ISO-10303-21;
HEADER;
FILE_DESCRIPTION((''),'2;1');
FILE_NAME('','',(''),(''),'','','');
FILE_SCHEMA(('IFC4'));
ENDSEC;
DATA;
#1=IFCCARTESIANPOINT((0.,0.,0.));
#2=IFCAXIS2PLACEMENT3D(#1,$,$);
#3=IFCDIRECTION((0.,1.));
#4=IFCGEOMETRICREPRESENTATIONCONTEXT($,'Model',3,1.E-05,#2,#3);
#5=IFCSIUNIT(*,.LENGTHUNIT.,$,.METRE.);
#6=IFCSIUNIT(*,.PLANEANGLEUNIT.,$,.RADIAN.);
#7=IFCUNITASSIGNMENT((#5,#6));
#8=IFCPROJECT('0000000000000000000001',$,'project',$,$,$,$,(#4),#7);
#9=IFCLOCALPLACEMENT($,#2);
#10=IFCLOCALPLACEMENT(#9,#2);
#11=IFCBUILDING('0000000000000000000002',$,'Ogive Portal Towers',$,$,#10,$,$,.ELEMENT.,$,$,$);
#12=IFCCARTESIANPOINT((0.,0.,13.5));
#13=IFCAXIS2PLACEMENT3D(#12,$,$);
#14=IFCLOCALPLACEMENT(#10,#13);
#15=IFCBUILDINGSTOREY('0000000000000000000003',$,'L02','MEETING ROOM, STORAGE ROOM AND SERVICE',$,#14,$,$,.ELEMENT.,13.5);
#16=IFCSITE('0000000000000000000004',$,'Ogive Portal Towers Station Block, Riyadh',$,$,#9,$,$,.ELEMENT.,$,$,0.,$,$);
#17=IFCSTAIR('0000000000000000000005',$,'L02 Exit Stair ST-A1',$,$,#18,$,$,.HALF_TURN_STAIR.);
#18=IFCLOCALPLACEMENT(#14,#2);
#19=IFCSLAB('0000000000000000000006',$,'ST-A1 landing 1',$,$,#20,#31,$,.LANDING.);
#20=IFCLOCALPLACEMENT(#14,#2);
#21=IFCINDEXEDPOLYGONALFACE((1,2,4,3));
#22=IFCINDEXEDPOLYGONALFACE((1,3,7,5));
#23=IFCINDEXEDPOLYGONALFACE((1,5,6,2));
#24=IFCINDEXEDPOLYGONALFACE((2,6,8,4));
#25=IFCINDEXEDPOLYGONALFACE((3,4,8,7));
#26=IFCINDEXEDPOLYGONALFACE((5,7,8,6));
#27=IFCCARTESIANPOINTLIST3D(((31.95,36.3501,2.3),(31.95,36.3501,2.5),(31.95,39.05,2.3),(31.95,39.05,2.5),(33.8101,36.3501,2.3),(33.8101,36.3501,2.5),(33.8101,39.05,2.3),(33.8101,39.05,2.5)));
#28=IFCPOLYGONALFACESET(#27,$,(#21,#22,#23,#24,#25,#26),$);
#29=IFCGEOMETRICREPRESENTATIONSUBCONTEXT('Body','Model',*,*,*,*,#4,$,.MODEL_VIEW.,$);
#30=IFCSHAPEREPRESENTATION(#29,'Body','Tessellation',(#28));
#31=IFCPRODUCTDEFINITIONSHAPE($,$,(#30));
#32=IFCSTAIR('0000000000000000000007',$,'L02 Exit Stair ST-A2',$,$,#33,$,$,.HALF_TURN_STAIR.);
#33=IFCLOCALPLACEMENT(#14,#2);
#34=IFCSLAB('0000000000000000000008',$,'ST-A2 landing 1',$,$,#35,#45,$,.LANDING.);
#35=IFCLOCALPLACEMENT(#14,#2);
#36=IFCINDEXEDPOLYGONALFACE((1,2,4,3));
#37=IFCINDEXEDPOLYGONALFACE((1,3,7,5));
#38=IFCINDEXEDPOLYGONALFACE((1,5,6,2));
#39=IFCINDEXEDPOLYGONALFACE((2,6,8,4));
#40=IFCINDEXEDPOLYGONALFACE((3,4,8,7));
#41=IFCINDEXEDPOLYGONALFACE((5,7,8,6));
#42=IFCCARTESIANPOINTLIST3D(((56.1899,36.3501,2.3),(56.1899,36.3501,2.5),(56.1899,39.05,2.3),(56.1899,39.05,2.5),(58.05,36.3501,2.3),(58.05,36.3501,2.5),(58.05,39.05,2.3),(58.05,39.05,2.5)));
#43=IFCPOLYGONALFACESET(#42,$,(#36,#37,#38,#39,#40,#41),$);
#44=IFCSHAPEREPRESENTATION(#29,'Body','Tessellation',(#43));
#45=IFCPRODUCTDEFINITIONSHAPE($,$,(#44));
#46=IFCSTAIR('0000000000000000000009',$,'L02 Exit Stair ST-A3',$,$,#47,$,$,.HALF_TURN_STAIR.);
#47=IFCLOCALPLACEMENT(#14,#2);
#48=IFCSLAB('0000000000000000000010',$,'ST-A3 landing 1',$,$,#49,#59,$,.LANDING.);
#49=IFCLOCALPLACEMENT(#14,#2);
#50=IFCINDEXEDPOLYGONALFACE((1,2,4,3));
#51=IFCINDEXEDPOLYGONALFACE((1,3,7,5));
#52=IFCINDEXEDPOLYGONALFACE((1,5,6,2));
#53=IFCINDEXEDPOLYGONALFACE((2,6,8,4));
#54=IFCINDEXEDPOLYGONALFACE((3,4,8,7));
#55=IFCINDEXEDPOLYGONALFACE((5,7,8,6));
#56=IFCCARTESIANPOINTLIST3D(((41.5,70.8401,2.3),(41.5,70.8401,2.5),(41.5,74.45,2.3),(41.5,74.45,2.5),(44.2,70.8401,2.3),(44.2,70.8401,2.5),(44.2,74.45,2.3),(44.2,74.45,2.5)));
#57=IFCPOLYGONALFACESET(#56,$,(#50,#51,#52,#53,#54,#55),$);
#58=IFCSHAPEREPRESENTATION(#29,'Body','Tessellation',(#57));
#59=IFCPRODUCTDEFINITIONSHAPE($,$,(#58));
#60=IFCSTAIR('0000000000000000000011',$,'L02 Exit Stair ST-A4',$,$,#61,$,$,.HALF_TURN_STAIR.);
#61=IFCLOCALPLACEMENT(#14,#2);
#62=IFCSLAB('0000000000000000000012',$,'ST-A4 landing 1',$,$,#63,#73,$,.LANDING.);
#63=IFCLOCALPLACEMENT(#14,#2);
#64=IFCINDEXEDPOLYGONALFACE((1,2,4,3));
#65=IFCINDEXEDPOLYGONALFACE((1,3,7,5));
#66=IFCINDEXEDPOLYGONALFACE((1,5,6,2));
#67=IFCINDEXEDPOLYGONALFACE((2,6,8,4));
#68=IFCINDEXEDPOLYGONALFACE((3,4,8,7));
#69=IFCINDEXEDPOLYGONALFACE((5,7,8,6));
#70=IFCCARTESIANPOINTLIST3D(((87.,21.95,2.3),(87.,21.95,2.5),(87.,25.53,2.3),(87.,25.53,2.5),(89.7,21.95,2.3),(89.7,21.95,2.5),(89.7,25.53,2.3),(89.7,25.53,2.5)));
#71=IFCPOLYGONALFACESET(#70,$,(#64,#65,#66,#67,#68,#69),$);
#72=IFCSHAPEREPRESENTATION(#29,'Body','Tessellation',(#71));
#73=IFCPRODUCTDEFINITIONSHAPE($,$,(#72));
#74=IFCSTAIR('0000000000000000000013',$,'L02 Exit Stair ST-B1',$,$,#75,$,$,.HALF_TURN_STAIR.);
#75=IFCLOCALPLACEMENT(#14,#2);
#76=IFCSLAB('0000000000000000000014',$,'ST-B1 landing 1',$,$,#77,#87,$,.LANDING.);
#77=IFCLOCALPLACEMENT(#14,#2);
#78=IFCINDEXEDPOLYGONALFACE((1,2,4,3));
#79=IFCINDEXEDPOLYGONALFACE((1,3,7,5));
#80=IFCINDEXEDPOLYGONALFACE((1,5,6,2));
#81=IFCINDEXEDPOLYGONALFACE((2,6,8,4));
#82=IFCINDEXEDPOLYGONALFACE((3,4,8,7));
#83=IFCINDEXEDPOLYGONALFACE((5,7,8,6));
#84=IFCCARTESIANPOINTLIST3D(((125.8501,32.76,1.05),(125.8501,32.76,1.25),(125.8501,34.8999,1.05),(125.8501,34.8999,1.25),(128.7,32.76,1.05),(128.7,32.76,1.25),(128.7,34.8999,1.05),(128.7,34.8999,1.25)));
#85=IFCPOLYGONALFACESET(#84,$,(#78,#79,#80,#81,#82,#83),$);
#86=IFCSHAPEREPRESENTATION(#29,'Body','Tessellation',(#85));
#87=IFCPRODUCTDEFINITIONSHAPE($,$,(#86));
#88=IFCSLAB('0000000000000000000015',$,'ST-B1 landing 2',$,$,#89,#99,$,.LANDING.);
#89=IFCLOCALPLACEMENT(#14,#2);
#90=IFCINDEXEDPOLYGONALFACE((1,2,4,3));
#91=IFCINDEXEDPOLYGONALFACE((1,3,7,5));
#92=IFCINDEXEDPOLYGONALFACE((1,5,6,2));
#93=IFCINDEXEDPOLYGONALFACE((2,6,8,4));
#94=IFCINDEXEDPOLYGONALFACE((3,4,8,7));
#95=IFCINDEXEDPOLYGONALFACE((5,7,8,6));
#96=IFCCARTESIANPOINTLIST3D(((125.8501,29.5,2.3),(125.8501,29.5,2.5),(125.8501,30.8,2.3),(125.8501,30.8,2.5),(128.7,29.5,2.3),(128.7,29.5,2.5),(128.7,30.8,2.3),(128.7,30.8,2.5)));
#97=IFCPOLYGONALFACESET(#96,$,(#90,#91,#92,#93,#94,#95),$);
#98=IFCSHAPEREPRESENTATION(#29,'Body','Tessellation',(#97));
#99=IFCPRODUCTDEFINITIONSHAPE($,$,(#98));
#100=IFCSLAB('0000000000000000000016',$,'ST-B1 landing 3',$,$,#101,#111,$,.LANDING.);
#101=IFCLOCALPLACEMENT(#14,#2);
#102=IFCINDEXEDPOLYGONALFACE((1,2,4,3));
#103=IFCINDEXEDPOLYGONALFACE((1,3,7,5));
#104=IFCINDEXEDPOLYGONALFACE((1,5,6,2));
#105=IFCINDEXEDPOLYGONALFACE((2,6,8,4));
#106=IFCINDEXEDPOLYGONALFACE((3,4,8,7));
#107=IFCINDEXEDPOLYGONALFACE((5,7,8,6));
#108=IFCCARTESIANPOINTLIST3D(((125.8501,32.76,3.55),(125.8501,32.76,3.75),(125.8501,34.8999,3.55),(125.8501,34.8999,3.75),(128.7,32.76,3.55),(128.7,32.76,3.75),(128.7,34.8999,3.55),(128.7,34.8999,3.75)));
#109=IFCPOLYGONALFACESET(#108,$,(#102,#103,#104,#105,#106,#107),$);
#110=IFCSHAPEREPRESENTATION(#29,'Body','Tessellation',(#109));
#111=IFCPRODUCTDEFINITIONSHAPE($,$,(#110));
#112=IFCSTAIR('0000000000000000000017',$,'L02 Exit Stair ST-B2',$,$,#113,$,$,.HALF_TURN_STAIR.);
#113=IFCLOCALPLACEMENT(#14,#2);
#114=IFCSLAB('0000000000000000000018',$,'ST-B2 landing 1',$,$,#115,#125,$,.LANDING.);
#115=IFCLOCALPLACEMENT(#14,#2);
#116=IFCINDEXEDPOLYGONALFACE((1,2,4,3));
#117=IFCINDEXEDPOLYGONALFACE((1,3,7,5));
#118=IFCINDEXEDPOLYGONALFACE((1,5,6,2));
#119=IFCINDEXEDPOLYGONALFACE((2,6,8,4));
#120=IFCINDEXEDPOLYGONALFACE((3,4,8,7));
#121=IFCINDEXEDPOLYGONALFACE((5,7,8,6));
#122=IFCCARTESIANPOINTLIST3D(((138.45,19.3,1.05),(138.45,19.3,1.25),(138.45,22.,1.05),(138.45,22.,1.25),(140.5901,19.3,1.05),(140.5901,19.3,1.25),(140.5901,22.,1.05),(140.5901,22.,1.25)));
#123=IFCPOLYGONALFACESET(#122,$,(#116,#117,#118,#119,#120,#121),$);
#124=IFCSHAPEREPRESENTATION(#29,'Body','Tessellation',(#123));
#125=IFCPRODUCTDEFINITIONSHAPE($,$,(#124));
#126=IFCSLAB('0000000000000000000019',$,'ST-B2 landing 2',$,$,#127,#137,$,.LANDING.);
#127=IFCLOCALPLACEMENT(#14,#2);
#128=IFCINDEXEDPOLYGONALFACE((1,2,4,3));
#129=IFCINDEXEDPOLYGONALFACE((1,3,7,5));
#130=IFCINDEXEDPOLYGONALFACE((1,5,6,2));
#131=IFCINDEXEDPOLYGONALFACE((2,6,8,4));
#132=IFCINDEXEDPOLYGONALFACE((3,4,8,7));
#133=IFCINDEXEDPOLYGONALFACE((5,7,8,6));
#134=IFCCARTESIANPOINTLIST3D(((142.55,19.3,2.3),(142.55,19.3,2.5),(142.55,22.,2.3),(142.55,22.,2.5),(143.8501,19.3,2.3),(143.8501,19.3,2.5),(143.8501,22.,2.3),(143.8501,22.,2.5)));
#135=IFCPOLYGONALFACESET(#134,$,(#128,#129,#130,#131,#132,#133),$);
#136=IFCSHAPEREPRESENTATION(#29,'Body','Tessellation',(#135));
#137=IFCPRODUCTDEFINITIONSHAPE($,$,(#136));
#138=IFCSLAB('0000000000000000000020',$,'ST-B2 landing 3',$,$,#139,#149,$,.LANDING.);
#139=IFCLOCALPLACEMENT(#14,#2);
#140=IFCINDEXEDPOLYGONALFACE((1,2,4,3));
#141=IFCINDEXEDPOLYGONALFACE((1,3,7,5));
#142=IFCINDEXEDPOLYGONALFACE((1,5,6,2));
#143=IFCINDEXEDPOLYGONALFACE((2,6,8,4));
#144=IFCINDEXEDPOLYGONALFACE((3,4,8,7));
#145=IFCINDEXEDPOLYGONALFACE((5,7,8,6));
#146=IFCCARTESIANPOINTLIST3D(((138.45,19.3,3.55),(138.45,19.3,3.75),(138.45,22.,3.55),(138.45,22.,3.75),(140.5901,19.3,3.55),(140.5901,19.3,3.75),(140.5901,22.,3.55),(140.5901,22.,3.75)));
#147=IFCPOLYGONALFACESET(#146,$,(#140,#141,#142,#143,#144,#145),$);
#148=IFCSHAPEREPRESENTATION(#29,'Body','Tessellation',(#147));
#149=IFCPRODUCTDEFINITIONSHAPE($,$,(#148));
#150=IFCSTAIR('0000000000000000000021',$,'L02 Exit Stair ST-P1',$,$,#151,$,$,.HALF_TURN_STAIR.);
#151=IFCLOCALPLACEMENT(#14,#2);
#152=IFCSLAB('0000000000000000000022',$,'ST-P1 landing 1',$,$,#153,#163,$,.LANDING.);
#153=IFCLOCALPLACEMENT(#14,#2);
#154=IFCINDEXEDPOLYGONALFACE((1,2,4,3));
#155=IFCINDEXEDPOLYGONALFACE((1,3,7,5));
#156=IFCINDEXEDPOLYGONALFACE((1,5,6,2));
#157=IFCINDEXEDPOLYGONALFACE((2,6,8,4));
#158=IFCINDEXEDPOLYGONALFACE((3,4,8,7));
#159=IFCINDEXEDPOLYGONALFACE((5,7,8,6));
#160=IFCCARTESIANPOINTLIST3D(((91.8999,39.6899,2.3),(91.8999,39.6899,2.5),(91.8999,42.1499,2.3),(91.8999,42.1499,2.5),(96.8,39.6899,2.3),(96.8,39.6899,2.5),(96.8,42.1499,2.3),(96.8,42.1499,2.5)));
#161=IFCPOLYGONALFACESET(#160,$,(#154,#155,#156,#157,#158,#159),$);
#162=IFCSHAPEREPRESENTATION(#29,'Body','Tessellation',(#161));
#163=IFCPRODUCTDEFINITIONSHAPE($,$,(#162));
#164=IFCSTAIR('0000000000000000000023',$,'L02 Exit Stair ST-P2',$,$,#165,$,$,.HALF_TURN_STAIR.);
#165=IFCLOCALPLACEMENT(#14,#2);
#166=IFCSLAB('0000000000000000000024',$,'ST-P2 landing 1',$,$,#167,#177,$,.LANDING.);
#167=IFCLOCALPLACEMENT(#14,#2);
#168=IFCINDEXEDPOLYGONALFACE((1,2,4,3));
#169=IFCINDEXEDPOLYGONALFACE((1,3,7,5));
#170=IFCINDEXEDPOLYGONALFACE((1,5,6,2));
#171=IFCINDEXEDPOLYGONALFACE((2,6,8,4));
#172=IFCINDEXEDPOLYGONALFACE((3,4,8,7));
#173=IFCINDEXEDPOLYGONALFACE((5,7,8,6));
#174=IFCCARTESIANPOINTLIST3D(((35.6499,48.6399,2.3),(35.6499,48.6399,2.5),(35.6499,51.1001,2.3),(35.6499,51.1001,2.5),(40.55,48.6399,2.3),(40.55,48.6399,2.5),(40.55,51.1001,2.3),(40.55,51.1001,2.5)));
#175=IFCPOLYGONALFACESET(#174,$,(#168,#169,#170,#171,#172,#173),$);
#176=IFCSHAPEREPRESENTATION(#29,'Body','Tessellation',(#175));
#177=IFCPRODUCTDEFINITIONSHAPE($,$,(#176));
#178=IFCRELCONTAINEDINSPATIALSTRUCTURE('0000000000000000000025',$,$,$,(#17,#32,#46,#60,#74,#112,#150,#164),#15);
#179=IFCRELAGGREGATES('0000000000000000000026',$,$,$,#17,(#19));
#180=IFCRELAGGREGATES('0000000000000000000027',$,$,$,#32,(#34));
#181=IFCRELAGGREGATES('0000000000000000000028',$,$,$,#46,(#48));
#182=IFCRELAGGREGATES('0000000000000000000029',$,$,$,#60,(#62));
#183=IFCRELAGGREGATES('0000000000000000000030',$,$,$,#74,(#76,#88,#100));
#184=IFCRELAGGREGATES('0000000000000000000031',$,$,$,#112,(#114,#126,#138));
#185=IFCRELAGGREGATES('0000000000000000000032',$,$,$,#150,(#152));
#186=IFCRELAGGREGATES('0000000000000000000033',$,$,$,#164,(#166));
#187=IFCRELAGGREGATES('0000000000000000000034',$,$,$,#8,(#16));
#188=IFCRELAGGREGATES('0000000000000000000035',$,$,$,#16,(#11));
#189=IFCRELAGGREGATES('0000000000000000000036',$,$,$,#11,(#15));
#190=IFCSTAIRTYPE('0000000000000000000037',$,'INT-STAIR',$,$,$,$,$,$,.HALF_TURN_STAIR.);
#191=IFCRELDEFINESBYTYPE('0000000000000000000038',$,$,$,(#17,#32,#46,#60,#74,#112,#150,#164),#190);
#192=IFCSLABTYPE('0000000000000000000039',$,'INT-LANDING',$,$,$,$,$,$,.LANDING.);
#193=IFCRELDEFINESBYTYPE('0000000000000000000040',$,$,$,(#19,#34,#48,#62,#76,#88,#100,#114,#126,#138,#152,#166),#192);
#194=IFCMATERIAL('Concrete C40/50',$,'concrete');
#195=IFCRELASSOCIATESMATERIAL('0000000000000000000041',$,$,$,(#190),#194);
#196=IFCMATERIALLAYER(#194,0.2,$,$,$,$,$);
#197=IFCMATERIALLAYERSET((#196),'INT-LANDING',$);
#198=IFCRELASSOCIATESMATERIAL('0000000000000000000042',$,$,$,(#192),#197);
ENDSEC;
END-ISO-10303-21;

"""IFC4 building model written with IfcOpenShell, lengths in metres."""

from ifc_helpers import new_model, si_unit, direction, frame, origin, place, context, subcontext, project, spatial, polyline, outline, extrude, material, layer, layer_set, type_object, element, aggregate, save


model = new_model("IFC4")

# Units and contexts
model_context = context("Model", 3, precision=1e-05, world=origin(), true_north=direction((0.0, 1.0)))
body_context = subcontext(model_context, "Body", "Model", "MODEL_VIEW")
ifc_project = project(units=[si_unit("LENGTHUNIT", "METRE"), si_unit("PLANEANGLEUNIT", "RADIAN")], contexts=[model_context])

# Site, building, storey
site_placement = place(None, origin())
site = spatial("IfcSite", under=ifc_project, at=site_placement, Name="Ogive Portal Towers Station Block, Riyadh", CompositionType="ELEMENT", RefElevation=0.0)
building_placement = place(site_placement, origin())
building = spatial("IfcBuilding", under=site, at=building_placement, Name="Ogive Portal Towers", CompositionType="ELEMENT")
storey_placement = place(building_placement, frame((0.0, 0.0, 13.5)))
storey = spatial("IfcBuildingStorey", under=building, at=storey_placement, Name="L02", Description="MEETING ROOM, STORAGE ROOM AND SERVICE", CompositionType="ELEMENT", Elevation=13.5)

# Stairs, slabs
ifc_material_1 = material(Name="Concrete C40/50", Category="concrete")
stair_type = type_object("IfcStairType", Name="INT-STAIR", PredefinedType="HALF_TURN_STAIR", material=ifc_material_1)
stair_1_placement = place(storey_placement, origin())
stair_1 = element("IfcStair", 1, at=stair_1_placement, inside=storey, type_object=stair_type, Name="L02 Exit Stair ST-A1", PredefinedType="HALF_TURN_STAIR")
ifc_layer_1 = layer(ifc_material_1, 0.2)
ifc_layer_set_1 = layer_set([ifc_layer_1], Name="INT-LANDING")
slab_type_1 = type_object("IfcSlabType", Name="INT-LANDING", PredefinedType="LANDING", material=ifc_layer_set_1)
slab_1_placement = place(storey_placement, frame((0.0, 0.0, 2.3)))
slab_1 = element("IfcSlab", 2, at=slab_1_placement, type_object=slab_type_1, Name="ST-A1 landing 1", PredefinedType="LANDING", context=body_context, shape_type="SweptSolid", body=[
    extrude(outline(polyline([(33.8101, 39.05), (31.95, 39.05), (31.95, 36.3501), (33.8101, 36.3501), (33.8101, 39.05)])), origin(), (0.0, 0.0, 1.0), 0.2),
])
aggregate(stair_1, [slab_1])
stair_2_placement = place(storey_placement, origin())
stair_2 = element("IfcStair", 3, at=stair_2_placement, inside=storey, type_object=stair_type, Name="L02 Exit Stair ST-A2", PredefinedType="HALF_TURN_STAIR")
slab_2_placement = place(storey_placement, frame((0.0, 0.0, 2.3)))
slab_2 = element("IfcSlab", 4, at=slab_2_placement, type_object=slab_type_1, Name="ST-A2 landing 1", PredefinedType="LANDING", context=body_context, shape_type="SweptSolid", body=[
    extrude(outline(polyline([(56.1899, 36.3501), (58.05, 36.3501), (58.05, 39.05), (56.1899, 39.05), (56.1899, 36.3501)])), origin(), (0.0, 0.0, 1.0), 0.2),
])
aggregate(stair_2, [slab_2])
stair_3_placement = place(storey_placement, origin())
stair_3 = element("IfcStair", 5, at=stair_3_placement, inside=storey, type_object=stair_type, Name="L02 Exit Stair ST-A3", PredefinedType="HALF_TURN_STAIR")
slab_3_placement = place(storey_placement, frame((0.0, 0.0, 2.3)))
slab_3 = element("IfcSlab", 6, at=slab_3_placement, type_object=slab_type_1, Name="ST-A3 landing 1", PredefinedType="LANDING", context=body_context, shape_type="SweptSolid", body=[
    extrude(outline(polyline([(44.2, 70.8401), (44.2, 74.45), (41.5, 74.45), (41.5, 70.8401), (44.2, 70.8401)])), origin(), (0.0, 0.0, 1.0), 0.2),
])
aggregate(stair_3, [slab_3])
stair_4_placement = place(storey_placement, origin())
stair_4 = element("IfcStair", 7, at=stair_4_placement, inside=storey, type_object=stair_type, Name="L02 Exit Stair ST-A4", PredefinedType="HALF_TURN_STAIR")
slab_4_placement = place(storey_placement, frame((0.0, 0.0, 2.3)))
slab_4 = element("IfcSlab", 8, at=slab_4_placement, type_object=slab_type_1, Name="ST-A4 landing 1", PredefinedType="LANDING", context=body_context, shape_type="SweptSolid", body=[
    extrude(outline(polyline([(87.0, 25.53), (87.0, 21.95), (89.7, 21.95), (89.7, 25.53), (87.0, 25.53)])), origin(), (0.0, 0.0, 1.0), 0.2),
])
aggregate(stair_4, [slab_4])

# Stairs, slabs
stair_5_placement = place(storey_placement, origin())
stair_5 = element("IfcStair", 9, at=stair_5_placement, inside=storey, type_object=stair_type, Name="L02 Exit Stair ST-B1", PredefinedType="HALF_TURN_STAIR")
slab_5_placement = place(storey_placement, frame((0.0, 0.0, 1.05)))
slab_5 = element("IfcSlab", 10, at=slab_5_placement, type_object=slab_type_1, Name="ST-B1 landing 1", PredefinedType="LANDING", context=body_context, shape_type="SweptSolid", body=[
    extrude(outline(polyline([(128.7, 32.76), (128.7, 34.8999), (125.8501, 34.8999), (125.8501, 32.76), (128.7, 32.76)])), origin(), (0.0, 0.0, 1.0), 0.2),
])
slab_6_placement = place(storey_placement, frame((0.0, 0.0, 2.3)))
slab_6 = element("IfcSlab", 11, at=slab_6_placement, type_object=slab_type_1, Name="ST-B1 landing 2", PredefinedType="LANDING", context=body_context, shape_type="SweptSolid", body=[
    extrude(outline(polyline([(128.7, 29.5), (128.7, 30.8), (125.8501, 30.8), (125.8501, 29.5), (128.7, 29.5)])), origin(), (0.0, 0.0, 1.0), 0.2),
])
slab_7_placement = place(storey_placement, frame((0.0, 0.0, 3.55)))
slab_7 = element("IfcSlab", 12, at=slab_7_placement, type_object=slab_type_1, Name="ST-B1 landing 3", PredefinedType="LANDING", context=body_context, shape_type="SweptSolid", body=[
    extrude(outline(polyline([(128.7, 32.76), (128.7, 34.8999), (125.8501, 34.8999), (125.8501, 32.76), (128.7, 32.76)])), origin(), (0.0, 0.0, 1.0), 0.2),
])
aggregate(stair_5, [slab_5, slab_6, slab_7])
stair_6_placement = place(storey_placement, origin())
stair_6 = element("IfcStair", 13, at=stair_6_placement, inside=storey, type_object=stair_type, Name="L02 Exit Stair ST-B2", PredefinedType="HALF_TURN_STAIR")
slab_8_placement = place(storey_placement, frame((0.0, 0.0, 1.05)))
slab_8 = element("IfcSlab", 14, at=slab_8_placement, type_object=slab_type_1, Name="ST-B2 landing 1", PredefinedType="LANDING", context=body_context, shape_type="SweptSolid", body=[
    extrude(outline(polyline([(140.5901, 22.0), (138.45, 22.0), (138.45, 19.3), (140.5901, 19.3), (140.5901, 22.0)])), origin(), (0.0, 0.0, 1.0), 0.2),
])
slab_9_placement = place(storey_placement, frame((0.0, 0.0, 2.3)))
slab_9 = element("IfcSlab", 15, at=slab_9_placement, type_object=slab_type_1, Name="ST-B2 landing 2", PredefinedType="LANDING", context=body_context, shape_type="SweptSolid", body=[
    extrude(outline(polyline([(143.8501, 22.0), (142.55, 22.0), (142.55, 19.3), (143.8501, 19.3), (143.8501, 22.0)])), origin(), (0.0, 0.0, 1.0), 0.2),
])
slab_10_placement = place(storey_placement, frame((0.0, 0.0, 3.55)))
slab_10 = element("IfcSlab", 16, at=slab_10_placement, type_object=slab_type_1, Name="ST-B2 landing 3", PredefinedType="LANDING", context=body_context, shape_type="SweptSolid", body=[
    extrude(outline(polyline([(140.5901, 22.0), (138.45, 22.0), (138.45, 19.3), (140.5901, 19.3), (140.5901, 22.0)])), origin(), (0.0, 0.0, 1.0), 0.2),
])
aggregate(stair_6, [slab_8, slab_9, slab_10])

# Stairs, slabs
stair_7_placement = place(storey_placement, origin())
stair_7 = element("IfcStair", 17, at=stair_7_placement, inside=storey, type_object=stair_type, Name="L02 Exit Stair ST-P1", PredefinedType="HALF_TURN_STAIR")
slab_11_placement = place(storey_placement, frame((0.0, 0.0, 2.3)))
slab_11 = element("IfcSlab", 18, at=slab_11_placement, type_object=slab_type_1, Name="ST-P1 landing 1", PredefinedType="LANDING", context=body_context, shape_type="SweptSolid", body=[
    extrude(outline(polyline([(96.8, 39.6899), (96.8, 42.1499), (91.8999, 42.1499), (91.8999, 39.6899), (96.8, 39.6899)])), origin(), (0.0, 0.0, 1.0), 0.2),
])
aggregate(stair_7, [slab_11])
stair_8_placement = place(storey_placement, origin())
stair_8 = element("IfcStair", 19, at=stair_8_placement, inside=storey, type_object=stair_type, Name="L02 Exit Stair ST-P2", PredefinedType="HALF_TURN_STAIR")
slab_12_placement = place(storey_placement, frame((0.0, 0.0, 2.3)))
slab_12 = element("IfcSlab", 20, at=slab_12_placement, type_object=slab_type_1, Name="ST-P2 landing 1", PredefinedType="LANDING", context=body_context, shape_type="SweptSolid", body=[
    extrude(outline(polyline([(40.55, 48.6399), (40.55, 51.1001), (35.6499, 51.1001), (35.6499, 48.6399), (40.55, 48.6399)])), origin(), (0.0, 0.0, 1.0), 0.2),
])
aggregate(stair_8, [slab_12])

save(model, "model.ifc")
